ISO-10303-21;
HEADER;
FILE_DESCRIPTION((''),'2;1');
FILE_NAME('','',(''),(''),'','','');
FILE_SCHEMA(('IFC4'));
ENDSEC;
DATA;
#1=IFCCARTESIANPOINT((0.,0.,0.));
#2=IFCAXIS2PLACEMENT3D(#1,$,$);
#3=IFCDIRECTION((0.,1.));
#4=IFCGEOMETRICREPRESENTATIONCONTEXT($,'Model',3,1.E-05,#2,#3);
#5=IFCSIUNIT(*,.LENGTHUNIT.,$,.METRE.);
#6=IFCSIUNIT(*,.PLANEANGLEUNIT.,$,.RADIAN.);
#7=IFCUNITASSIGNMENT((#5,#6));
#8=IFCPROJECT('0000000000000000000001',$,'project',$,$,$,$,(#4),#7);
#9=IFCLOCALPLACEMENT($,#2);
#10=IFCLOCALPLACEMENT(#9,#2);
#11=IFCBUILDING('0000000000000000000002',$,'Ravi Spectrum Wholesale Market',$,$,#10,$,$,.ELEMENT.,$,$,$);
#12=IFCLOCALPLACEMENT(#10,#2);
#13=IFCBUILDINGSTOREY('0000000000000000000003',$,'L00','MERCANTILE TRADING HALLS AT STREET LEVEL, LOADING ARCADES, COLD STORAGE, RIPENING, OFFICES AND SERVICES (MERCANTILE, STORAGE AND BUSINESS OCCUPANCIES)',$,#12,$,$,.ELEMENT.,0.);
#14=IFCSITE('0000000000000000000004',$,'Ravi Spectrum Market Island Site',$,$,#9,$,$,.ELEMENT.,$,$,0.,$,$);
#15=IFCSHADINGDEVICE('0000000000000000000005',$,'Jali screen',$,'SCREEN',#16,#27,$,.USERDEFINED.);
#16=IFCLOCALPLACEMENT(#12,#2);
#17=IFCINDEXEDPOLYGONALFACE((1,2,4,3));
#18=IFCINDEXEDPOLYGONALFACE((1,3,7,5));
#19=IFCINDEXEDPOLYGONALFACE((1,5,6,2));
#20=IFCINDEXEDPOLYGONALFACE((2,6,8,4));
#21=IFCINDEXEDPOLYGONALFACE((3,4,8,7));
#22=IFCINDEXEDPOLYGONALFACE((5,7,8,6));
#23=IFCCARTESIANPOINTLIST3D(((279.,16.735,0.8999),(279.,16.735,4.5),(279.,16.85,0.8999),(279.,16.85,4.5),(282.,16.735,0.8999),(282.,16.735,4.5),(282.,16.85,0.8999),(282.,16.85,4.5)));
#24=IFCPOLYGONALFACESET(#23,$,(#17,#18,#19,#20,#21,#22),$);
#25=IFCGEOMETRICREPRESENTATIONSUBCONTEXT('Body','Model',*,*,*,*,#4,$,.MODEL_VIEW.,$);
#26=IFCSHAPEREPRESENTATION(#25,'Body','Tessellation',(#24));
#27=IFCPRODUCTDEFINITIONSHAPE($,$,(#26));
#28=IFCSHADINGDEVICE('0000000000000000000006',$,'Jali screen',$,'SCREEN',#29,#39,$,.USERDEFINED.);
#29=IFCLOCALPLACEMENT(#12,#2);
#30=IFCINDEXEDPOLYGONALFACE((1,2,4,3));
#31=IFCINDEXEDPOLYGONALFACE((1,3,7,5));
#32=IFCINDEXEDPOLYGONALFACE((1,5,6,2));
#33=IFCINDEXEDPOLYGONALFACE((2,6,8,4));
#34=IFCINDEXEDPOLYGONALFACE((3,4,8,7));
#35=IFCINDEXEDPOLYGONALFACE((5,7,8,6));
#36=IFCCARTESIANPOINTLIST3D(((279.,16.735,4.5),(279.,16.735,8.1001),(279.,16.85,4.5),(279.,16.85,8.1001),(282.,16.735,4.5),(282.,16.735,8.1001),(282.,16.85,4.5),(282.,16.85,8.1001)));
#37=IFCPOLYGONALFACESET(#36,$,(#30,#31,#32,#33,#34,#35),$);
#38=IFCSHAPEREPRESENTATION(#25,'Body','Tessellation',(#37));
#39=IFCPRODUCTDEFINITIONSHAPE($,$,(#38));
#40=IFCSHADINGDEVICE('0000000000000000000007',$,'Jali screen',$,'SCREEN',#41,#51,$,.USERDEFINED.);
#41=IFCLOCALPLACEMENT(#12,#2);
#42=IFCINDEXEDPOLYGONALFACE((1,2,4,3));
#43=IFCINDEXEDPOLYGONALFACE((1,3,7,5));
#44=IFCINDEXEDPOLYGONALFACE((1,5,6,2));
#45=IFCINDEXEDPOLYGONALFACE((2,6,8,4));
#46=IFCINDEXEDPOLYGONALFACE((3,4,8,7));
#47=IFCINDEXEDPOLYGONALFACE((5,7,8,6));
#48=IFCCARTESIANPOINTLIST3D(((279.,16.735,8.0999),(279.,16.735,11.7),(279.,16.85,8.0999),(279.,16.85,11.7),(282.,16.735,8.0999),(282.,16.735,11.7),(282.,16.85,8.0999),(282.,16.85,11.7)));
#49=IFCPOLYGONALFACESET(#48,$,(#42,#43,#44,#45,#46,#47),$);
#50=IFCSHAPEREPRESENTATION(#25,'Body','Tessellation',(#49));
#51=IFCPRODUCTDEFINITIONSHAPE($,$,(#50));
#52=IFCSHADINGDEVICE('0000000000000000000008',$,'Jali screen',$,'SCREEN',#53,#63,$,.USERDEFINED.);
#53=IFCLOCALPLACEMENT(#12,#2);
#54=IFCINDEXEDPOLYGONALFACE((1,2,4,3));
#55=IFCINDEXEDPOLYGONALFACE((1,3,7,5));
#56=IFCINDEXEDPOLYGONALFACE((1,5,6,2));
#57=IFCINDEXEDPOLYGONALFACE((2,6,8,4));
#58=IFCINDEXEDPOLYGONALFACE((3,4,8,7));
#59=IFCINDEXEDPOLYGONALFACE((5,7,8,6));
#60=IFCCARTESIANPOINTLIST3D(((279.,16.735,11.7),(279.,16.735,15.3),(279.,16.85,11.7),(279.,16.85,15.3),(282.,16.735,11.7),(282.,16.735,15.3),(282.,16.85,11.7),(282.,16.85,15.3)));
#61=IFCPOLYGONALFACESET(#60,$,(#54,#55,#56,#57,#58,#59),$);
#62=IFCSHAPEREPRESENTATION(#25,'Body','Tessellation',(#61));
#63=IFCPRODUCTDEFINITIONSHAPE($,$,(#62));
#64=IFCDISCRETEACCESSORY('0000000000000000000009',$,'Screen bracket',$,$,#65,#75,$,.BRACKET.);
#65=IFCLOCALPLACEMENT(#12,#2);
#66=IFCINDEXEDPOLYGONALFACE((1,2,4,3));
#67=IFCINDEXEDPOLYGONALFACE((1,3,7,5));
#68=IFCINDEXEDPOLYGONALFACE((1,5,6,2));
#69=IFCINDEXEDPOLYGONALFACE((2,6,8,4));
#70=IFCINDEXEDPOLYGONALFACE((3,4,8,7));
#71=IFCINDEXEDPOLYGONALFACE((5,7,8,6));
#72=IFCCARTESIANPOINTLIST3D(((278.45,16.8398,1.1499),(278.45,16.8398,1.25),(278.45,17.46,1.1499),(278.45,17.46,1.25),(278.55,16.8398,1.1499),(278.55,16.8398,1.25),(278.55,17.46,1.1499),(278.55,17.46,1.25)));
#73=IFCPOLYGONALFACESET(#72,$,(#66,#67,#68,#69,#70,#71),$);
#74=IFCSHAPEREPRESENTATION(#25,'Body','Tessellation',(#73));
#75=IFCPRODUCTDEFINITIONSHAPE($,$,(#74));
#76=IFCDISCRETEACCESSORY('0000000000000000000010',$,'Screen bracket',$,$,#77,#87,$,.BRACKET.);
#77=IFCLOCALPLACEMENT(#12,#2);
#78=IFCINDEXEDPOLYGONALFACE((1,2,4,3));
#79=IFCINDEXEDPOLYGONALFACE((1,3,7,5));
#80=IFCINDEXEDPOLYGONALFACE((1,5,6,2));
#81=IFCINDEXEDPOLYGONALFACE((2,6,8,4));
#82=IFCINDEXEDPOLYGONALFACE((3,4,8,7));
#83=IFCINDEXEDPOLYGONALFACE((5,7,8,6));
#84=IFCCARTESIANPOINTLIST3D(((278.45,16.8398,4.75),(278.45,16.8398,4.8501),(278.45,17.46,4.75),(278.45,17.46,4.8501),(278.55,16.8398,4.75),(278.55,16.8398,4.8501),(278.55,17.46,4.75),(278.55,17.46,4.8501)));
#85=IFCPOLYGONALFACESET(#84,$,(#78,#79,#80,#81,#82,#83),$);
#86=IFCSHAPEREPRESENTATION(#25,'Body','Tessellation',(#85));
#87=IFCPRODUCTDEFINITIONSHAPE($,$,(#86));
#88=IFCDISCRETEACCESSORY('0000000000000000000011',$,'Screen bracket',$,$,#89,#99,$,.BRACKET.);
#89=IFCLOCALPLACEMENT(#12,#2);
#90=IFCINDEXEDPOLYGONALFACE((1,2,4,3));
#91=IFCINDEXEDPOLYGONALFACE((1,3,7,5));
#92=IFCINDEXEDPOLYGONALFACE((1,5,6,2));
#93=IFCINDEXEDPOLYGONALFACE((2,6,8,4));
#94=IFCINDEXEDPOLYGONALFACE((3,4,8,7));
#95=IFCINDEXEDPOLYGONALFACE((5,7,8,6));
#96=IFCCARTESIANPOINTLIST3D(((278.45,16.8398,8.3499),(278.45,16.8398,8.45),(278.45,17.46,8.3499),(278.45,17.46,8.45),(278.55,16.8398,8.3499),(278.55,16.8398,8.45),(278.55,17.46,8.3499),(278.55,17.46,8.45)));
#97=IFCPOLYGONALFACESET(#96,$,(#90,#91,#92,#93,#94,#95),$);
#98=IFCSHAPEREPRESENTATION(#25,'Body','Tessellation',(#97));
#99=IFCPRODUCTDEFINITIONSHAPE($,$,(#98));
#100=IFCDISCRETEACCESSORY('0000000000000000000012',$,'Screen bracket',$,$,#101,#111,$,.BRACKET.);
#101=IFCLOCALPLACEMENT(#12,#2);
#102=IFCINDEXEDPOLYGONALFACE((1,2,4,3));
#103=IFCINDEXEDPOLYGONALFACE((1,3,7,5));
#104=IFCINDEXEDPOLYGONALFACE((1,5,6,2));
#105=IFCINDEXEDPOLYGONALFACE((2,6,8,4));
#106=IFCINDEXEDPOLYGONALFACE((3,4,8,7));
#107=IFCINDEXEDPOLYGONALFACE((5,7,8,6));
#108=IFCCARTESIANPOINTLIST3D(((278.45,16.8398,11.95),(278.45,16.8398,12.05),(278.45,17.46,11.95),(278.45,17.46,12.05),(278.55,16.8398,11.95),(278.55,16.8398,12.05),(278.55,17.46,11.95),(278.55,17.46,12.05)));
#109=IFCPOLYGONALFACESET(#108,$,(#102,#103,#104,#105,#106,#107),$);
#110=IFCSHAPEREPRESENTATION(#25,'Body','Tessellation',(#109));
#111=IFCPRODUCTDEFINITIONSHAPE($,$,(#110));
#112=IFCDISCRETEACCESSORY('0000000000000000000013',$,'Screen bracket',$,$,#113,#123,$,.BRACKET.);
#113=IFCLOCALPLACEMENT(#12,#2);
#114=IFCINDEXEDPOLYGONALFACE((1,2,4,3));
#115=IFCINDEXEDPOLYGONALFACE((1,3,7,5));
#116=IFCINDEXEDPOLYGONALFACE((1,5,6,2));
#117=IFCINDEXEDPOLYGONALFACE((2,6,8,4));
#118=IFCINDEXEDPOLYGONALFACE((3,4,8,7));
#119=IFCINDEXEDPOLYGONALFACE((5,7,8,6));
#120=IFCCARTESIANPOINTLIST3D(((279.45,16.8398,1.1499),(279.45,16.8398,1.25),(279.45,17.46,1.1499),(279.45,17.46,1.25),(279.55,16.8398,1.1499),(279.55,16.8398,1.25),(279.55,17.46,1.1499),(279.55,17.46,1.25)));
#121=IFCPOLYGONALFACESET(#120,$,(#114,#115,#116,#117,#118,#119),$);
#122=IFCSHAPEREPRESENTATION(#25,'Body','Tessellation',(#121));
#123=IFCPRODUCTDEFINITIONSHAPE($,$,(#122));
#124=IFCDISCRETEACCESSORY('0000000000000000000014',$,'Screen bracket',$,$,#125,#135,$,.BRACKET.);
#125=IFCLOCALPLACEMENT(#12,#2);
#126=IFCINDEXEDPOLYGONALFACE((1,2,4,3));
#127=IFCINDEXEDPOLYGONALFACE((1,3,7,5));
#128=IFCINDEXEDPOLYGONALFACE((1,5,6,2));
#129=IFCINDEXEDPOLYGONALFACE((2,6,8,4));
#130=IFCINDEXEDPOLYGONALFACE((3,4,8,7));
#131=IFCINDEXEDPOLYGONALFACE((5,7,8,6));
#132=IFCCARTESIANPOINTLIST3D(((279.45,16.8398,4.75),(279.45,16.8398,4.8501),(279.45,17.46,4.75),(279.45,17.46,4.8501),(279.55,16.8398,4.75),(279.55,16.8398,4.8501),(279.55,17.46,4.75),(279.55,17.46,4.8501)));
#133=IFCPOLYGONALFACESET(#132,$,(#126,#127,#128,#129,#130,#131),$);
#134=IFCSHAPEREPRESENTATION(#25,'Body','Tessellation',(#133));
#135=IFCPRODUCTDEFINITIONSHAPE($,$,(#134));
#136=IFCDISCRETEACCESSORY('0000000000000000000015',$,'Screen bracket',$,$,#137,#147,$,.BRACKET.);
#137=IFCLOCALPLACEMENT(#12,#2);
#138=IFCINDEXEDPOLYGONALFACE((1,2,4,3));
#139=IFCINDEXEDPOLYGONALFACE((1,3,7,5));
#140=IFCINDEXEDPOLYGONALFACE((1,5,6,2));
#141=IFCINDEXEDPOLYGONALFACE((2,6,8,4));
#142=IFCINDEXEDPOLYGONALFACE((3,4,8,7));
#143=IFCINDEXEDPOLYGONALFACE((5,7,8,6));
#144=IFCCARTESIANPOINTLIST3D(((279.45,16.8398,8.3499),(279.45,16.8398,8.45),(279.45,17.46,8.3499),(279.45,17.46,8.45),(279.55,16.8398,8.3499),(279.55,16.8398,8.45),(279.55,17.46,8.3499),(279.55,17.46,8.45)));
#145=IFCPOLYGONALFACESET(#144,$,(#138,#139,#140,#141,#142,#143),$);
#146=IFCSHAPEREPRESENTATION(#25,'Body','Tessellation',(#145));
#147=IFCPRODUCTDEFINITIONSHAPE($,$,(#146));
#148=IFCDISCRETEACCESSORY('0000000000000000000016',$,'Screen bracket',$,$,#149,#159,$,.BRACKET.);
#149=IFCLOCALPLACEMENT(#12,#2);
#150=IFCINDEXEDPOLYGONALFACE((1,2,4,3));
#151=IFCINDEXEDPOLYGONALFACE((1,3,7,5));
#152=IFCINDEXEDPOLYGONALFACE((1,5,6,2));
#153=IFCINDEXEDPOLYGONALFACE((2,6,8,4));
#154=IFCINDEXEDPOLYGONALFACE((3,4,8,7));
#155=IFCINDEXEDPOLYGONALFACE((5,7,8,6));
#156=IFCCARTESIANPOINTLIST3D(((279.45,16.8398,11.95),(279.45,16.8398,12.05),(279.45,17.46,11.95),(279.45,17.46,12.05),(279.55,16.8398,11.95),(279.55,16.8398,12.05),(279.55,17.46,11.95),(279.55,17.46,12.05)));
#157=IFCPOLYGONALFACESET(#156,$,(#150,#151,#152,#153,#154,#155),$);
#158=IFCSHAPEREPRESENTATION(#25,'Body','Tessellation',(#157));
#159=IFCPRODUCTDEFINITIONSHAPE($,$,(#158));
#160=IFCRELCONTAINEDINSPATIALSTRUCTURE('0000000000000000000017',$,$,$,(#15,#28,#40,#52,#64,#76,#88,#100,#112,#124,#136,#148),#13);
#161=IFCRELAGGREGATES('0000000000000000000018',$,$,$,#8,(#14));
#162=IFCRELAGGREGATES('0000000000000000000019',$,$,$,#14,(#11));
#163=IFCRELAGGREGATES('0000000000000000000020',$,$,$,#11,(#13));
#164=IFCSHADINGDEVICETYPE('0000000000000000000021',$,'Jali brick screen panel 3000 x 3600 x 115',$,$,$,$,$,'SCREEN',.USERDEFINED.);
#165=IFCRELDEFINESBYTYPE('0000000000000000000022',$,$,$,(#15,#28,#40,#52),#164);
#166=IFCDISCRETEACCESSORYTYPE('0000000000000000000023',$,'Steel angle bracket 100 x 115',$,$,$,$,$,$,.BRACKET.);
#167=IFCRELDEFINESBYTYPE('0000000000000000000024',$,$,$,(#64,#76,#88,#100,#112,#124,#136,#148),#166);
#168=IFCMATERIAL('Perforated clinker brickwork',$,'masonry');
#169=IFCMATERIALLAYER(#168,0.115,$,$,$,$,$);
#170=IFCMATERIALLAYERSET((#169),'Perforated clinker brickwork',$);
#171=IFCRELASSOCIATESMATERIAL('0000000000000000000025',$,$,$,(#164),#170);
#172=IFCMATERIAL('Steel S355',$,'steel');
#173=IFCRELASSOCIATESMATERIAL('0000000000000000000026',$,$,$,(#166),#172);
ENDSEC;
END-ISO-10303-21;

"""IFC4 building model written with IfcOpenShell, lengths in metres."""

from ifc_helpers import new_model, si_unit, direction, frame, origin, origin_2d, place, context, subcontext, project, spatial, rectangle, extrude, material, layer, layer_set, type_object, element, save


model = new_model("IFC4")

# Units and contexts
model_context = context("Model", 3, precision=1e-05, world=origin(), true_north=direction((0.0, 1.0)))
body_context = subcontext(model_context, "Body", "Model", "MODEL_VIEW")
ifc_project = project(units=[si_unit("LENGTHUNIT", "METRE"), si_unit("PLANEANGLEUNIT", "RADIAN")], contexts=[model_context])

# Site, building, storey
site_placement = place(None, origin())
site = spatial("IfcSite", under=ifc_project, at=site_placement, Name="Ravi Spectrum Market Island Site", CompositionType="ELEMENT", RefElevation=0.0)
building_placement = place(site_placement, origin())
building = spatial("IfcBuilding", under=site, at=building_placement, Name="Ravi Spectrum Wholesale Market", CompositionType="ELEMENT")
storey_placement = place(building_placement, origin())
storey = spatial("IfcBuildingStorey", under=building, at=storey_placement, Name="L00", Description="MERCANTILE TRADING HALLS AT STREET LEVEL, LOADING ARCADES, COLD STORAGE, RIPENING, OFFICES AND SERVICES (MERCANTILE, STORAGE AND BUSINESS OCCUPANCIES)", CompositionType="ELEMENT", Elevation=0.0)

# Shading devices
ifc_material_1 = material(Name="Perforated clinker brickwork", Category="masonry")
ifc_layer = layer(ifc_material_1, 0.115)
ifc_layer_set = layer_set([ifc_layer], Name="Perforated clinker brickwork")
shading_device_type = type_object("IfcShadingDeviceType", Name="Jali brick screen panel 3000 x 3600 x 115", ElementType="SCREEN", PredefinedType="USERDEFINED", material=ifc_layer_set)
for number, where, z_axis, x_axis, name in (
    (1, (280.5, 16.7925, 0.8999), (0.0, 0.0, 1.0), (1.0, 0.0, 0.0), "Jali screen"),
    (2, (280.5, 16.7925, 4.5), (0.0, 0.0, 1.0), (1.0, 0.0, 0.0), "Jali screen"),
    (3, (280.5, 16.7925, 8.0999), (0.0, 0.0, 1.0), (1.0, 0.0, 0.0), "Jali screen"),
    (4, (280.5, 16.7925, 11.7), (0.0, 0.0, 1.0), (1.0, 0.0, 0.0), "Jali screen"),
):
    element("IfcShadingDevice", number, at=place(storey_placement, frame(where, z_axis=z_axis, x_axis=x_axis)), inside=storey, type_object=shading_device_type, Name=name, ObjectType="SCREEN", PredefinedType="USERDEFINED", context=body_context, shape_type="SweptSolid", body=[
        extrude(rectangle(XDim=3.0, YDim=0.115, at=origin_2d()), origin(), (0.0, 0.0, 1.0), 3.6001),
    ])

# Discrete accessories
ifc_material_2 = material(Name="Steel S355", Category="steel")
discrete_accessory_type = type_object("IfcDiscreteAccessoryType", Name="Steel angle bracket 100 x 115", PredefinedType="BRACKET", material=ifc_material_2)
for number, where, z_axis, x_axis, name in (
    (5, (278.5, 17.1499, 1.1499), (0.0, 0.0, 1.0), (1.0, 0.0, 0.0), "Screen bracket"),
    (6, (278.5, 17.1499, 4.75), (0.0, 0.0, 1.0), (1.0, 0.0, 0.0), "Screen bracket"),
    (7, (278.5, 17.1499, 8.3499), (0.0, 0.0, 1.0), (1.0, 0.0, 0.0), "Screen bracket"),
    (8, (278.5, 17.1499, 11.95), (0.0, 0.0, 1.0), (1.0, 0.0, 0.0), "Screen bracket"),
    (9, (279.5, 17.1499, 1.1499), (0.0, 0.0, 1.0), (1.0, 0.0, 0.0), "Screen bracket"),
    (10, (279.5, 17.1499, 4.75), (0.0, 0.0, 1.0), (1.0, 0.0, 0.0), "Screen bracket"),
    (11, (279.5, 17.1499, 8.3499), (0.0, 0.0, 1.0), (1.0, 0.0, 0.0), "Screen bracket"),
    (12, (279.5, 17.1499, 11.95), (0.0, 0.0, 1.0), (1.0, 0.0, 0.0), "Screen bracket"),
):
    element("IfcDiscreteAccessory", number, at=place(storey_placement, frame(where, z_axis=z_axis, x_axis=x_axis)), inside=storey, type_object=discrete_accessory_type, Name=name, PredefinedType="BRACKET", context=body_context, shape_type="SweptSolid", body=[
        extrude(rectangle(XDim=0.1001, YDim=0.6201, at=origin_2d()), origin(), (0.0, 0.0, 1.0), 0.1001),
    ])

save(model, "model.ifc")
